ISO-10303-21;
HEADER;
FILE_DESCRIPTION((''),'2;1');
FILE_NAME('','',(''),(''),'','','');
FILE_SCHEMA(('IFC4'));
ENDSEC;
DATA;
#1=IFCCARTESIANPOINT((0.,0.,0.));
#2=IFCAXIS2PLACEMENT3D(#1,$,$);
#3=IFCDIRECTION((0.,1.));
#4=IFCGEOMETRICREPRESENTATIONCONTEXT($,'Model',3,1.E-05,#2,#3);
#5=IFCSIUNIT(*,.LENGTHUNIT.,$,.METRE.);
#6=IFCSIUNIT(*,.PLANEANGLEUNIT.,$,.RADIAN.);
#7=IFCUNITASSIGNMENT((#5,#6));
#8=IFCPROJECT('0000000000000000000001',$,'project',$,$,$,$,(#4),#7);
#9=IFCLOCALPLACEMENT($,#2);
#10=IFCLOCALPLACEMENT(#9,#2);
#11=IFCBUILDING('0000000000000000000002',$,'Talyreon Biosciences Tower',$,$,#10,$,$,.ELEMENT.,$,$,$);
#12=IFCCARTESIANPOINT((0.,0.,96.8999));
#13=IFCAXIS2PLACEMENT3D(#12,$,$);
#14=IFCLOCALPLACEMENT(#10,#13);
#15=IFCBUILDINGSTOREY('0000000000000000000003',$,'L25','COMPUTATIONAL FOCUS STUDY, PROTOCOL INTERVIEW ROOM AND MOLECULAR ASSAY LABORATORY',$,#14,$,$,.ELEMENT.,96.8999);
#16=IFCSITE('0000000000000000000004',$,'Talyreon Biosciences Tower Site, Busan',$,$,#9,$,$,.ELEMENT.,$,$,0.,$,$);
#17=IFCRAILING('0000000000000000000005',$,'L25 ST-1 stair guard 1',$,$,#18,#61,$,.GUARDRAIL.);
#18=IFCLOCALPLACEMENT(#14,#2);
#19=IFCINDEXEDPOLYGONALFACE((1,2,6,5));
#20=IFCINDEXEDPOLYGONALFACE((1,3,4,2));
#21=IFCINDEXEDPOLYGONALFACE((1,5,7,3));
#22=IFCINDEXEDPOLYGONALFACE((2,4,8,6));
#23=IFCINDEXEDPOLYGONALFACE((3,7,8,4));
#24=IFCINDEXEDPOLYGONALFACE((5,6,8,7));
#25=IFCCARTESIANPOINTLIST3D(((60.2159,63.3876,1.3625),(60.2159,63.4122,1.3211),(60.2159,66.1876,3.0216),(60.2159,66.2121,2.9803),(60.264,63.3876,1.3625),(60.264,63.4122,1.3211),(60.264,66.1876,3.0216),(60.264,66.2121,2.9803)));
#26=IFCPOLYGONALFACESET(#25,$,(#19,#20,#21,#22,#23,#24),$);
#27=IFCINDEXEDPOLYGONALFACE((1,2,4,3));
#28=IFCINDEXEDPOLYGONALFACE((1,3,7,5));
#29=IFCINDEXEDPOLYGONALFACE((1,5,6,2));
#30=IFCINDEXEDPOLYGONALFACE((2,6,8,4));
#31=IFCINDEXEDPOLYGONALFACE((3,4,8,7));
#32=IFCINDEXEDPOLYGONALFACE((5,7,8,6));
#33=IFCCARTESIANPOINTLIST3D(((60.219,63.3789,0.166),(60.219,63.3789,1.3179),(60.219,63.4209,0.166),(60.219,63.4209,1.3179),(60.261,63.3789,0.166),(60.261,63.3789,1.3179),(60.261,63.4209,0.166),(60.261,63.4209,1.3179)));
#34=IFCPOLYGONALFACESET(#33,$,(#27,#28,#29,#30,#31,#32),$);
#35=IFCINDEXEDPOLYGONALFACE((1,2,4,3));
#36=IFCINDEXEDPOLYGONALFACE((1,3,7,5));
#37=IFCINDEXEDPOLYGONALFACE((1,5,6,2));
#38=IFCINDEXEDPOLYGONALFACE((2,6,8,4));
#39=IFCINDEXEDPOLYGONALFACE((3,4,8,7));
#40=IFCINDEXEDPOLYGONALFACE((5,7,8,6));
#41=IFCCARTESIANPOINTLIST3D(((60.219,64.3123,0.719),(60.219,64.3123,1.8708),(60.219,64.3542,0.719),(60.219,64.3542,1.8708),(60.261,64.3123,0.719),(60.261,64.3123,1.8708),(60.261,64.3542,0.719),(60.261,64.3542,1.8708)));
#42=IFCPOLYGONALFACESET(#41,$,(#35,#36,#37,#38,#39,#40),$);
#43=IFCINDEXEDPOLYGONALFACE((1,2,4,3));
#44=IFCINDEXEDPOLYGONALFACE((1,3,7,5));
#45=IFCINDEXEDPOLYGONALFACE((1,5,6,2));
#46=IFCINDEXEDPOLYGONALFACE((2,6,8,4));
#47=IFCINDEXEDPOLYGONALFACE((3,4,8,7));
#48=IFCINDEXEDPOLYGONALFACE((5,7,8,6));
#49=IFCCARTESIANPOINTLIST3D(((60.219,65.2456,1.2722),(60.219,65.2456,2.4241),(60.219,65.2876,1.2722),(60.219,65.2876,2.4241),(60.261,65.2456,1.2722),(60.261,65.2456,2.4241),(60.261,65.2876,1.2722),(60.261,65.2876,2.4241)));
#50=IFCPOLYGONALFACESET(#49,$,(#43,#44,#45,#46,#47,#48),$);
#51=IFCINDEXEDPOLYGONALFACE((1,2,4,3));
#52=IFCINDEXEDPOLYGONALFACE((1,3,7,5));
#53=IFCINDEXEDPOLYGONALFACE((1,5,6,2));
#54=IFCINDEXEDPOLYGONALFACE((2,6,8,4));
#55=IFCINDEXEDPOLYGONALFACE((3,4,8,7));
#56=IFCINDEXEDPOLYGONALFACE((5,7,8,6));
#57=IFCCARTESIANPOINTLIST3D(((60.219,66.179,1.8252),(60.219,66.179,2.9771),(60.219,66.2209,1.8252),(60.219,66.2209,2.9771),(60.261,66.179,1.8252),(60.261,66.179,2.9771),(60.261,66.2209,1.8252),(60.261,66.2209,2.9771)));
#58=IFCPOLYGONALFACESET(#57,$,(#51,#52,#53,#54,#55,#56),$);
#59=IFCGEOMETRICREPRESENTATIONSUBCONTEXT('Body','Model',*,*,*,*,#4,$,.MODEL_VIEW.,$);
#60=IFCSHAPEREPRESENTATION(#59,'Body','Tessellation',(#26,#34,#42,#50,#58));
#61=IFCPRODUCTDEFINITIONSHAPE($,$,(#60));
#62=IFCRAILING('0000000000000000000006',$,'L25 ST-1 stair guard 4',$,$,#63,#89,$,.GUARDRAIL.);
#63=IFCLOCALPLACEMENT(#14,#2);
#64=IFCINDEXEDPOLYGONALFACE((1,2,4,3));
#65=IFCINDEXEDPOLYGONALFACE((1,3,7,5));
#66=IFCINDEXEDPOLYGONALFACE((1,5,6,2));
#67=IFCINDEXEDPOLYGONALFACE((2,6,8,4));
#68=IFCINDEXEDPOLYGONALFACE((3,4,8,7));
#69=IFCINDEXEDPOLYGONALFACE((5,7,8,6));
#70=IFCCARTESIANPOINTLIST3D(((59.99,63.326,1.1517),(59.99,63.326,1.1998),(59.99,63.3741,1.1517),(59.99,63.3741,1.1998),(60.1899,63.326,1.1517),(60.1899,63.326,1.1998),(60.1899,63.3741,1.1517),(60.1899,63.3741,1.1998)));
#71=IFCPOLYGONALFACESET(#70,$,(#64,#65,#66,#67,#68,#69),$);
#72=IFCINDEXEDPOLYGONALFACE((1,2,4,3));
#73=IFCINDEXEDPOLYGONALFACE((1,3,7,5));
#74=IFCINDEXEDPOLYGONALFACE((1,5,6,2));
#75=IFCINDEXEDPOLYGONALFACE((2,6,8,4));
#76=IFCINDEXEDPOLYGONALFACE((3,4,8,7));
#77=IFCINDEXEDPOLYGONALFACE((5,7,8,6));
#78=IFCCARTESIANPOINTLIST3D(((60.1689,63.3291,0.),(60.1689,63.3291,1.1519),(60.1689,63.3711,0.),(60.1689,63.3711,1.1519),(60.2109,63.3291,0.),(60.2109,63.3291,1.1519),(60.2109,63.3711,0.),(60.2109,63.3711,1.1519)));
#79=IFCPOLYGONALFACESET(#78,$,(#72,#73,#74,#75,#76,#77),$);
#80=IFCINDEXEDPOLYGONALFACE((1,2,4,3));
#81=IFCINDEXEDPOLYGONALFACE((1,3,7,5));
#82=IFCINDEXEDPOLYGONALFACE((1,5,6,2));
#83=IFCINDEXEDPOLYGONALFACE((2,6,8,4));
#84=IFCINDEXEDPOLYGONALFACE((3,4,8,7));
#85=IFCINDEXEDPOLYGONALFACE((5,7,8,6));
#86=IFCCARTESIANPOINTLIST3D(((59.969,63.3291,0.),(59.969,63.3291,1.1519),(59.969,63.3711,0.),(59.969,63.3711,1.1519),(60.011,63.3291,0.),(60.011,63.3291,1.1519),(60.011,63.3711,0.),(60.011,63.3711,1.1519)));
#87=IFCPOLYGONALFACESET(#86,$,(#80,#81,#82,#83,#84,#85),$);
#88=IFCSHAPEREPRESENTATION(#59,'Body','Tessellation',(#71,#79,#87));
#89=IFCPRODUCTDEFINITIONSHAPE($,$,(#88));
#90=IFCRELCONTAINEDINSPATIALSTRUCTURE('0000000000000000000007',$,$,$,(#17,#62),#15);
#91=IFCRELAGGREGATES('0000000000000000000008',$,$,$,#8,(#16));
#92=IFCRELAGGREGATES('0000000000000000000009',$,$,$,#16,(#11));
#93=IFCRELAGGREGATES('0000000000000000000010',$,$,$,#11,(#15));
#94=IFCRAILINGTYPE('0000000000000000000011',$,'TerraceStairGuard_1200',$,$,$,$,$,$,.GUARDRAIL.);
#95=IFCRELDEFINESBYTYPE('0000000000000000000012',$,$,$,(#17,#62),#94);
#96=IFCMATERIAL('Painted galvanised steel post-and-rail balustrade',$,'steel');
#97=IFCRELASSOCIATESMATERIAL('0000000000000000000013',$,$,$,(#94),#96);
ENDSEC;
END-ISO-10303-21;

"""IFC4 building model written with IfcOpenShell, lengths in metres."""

from ifc_helpers import new_model, si_unit, direction, frame, origin, origin_2d, place, context, subcontext, project, spatial, rectangle, extrude, material, type_object, element, save


model = new_model("IFC4")

# Units and contexts
model_context = context("Model", 3, precision=1e-05, world=origin(), true_north=direction((0.0, 1.0)))
body_context = subcontext(model_context, "Body", "Model", "MODEL_VIEW")
ifc_project = project(units=[si_unit("LENGTHUNIT", "METRE"), si_unit("PLANEANGLEUNIT", "RADIAN")], contexts=[model_context])

# Site, building, storey
site_placement = place(None, origin())
site = spatial("IfcSite", under=ifc_project, at=site_placement, Name="Talyreon Biosciences Tower Site, Busan", CompositionType="ELEMENT", RefElevation=0.0)
building_placement = place(site_placement, origin())
building = spatial("IfcBuilding", under=site, at=building_placement, Name="Talyreon Biosciences Tower", CompositionType="ELEMENT")
storey_placement = place(building_placement, frame((0.0, 0.0, 96.8999)))
storey = spatial("IfcBuildingStorey", under=building, at=storey_placement, Name="L25", Description="COMPUTATIONAL FOCUS STUDY, PROTOCOL INTERVIEW ROOM AND MOLECULAR ASSAY LABORATORY", CompositionType="ELEMENT", Elevation=96.8999)

# Railings
ifc_material_1 = material(Name="Painted galvanised steel post-and-rail balustrade", Category="steel")
railing_type_1 = type_object("IfcRailingType", Name="TerraceStairGuard_1200", PredefinedType="GUARDRAIL", material=ifc_material_1)
railing_1_placement = place(storey_placement, frame((60.24, 63.3999, 0.166)))
element("IfcRailing", 1, at=railing_1_placement, inside=storey, type_object=railing_type_1, Name="L25 ST-1 stair guard 1", PredefinedType="GUARDRAIL", context=body_context, shape_type="SweptSolid", body=[
    extrude(rectangle(XDim=0.0481, YDim=0.0481, at=origin_2d()), frame((0.0, 0.0, 1.1758), z_axis=(0.0, 0.860306, 0.509778), x_axis=(-1.0, 0.0, 0.0)), (0.0, 0.0, 1.0), 3.2546),
    extrude(rectangle(XDim=0.042, YDim=0.042, at=origin_2d()), origin(), (0.0, 0.0, 1.0), 1.1519),
    extrude(rectangle(XDim=0.042, YDim=0.042, at=origin_2d()), frame((0.0, 0.9333, 0.553)), (0.0, 0.0, 1.0), 1.1519),
    extrude(rectangle(XDim=0.042, YDim=0.042, at=origin_2d()), frame((0.0, 1.8667, 1.1062)), (0.0, 0.0, 1.0), 1.1519),
    extrude(rectangle(XDim=0.042, YDim=0.042, at=origin_2d()), frame((0.0, 2.8, 1.6592)), (0.0, 0.0, 1.0), 1.1519),
])
railing_2_placement = place(storey_placement, frame((60.1899, 63.3501, 0.0)))
element("IfcRailing", 2, at=railing_2_placement, inside=storey, type_object=railing_type_1, Name="L25 ST-1 stair guard 4", PredefinedType="GUARDRAIL", context=body_context, shape_type="SweptSolid", body=[
    extrude(rectangle(XDim=0.0481, YDim=0.0481, at=origin_2d()), frame((0.0, 0.0, 1.1758), z_axis=(-1.0, 0.0, 0.0), x_axis=(0.0, -1.0, 0.0)), (0.0, 0.0, 1.0), 0.2),
    extrude(rectangle(XDim=0.042, YDim=0.042, at=origin_2d()), origin(), (0.0, 0.0, 1.0), 1.1519),
    extrude(rectangle(XDim=0.042, YDim=0.042, at=origin_2d()), frame((-0.2, 0.0, 0.0)), (0.0, 0.0, 1.0), 1.1519),
])

save(model, "model.ifc")
